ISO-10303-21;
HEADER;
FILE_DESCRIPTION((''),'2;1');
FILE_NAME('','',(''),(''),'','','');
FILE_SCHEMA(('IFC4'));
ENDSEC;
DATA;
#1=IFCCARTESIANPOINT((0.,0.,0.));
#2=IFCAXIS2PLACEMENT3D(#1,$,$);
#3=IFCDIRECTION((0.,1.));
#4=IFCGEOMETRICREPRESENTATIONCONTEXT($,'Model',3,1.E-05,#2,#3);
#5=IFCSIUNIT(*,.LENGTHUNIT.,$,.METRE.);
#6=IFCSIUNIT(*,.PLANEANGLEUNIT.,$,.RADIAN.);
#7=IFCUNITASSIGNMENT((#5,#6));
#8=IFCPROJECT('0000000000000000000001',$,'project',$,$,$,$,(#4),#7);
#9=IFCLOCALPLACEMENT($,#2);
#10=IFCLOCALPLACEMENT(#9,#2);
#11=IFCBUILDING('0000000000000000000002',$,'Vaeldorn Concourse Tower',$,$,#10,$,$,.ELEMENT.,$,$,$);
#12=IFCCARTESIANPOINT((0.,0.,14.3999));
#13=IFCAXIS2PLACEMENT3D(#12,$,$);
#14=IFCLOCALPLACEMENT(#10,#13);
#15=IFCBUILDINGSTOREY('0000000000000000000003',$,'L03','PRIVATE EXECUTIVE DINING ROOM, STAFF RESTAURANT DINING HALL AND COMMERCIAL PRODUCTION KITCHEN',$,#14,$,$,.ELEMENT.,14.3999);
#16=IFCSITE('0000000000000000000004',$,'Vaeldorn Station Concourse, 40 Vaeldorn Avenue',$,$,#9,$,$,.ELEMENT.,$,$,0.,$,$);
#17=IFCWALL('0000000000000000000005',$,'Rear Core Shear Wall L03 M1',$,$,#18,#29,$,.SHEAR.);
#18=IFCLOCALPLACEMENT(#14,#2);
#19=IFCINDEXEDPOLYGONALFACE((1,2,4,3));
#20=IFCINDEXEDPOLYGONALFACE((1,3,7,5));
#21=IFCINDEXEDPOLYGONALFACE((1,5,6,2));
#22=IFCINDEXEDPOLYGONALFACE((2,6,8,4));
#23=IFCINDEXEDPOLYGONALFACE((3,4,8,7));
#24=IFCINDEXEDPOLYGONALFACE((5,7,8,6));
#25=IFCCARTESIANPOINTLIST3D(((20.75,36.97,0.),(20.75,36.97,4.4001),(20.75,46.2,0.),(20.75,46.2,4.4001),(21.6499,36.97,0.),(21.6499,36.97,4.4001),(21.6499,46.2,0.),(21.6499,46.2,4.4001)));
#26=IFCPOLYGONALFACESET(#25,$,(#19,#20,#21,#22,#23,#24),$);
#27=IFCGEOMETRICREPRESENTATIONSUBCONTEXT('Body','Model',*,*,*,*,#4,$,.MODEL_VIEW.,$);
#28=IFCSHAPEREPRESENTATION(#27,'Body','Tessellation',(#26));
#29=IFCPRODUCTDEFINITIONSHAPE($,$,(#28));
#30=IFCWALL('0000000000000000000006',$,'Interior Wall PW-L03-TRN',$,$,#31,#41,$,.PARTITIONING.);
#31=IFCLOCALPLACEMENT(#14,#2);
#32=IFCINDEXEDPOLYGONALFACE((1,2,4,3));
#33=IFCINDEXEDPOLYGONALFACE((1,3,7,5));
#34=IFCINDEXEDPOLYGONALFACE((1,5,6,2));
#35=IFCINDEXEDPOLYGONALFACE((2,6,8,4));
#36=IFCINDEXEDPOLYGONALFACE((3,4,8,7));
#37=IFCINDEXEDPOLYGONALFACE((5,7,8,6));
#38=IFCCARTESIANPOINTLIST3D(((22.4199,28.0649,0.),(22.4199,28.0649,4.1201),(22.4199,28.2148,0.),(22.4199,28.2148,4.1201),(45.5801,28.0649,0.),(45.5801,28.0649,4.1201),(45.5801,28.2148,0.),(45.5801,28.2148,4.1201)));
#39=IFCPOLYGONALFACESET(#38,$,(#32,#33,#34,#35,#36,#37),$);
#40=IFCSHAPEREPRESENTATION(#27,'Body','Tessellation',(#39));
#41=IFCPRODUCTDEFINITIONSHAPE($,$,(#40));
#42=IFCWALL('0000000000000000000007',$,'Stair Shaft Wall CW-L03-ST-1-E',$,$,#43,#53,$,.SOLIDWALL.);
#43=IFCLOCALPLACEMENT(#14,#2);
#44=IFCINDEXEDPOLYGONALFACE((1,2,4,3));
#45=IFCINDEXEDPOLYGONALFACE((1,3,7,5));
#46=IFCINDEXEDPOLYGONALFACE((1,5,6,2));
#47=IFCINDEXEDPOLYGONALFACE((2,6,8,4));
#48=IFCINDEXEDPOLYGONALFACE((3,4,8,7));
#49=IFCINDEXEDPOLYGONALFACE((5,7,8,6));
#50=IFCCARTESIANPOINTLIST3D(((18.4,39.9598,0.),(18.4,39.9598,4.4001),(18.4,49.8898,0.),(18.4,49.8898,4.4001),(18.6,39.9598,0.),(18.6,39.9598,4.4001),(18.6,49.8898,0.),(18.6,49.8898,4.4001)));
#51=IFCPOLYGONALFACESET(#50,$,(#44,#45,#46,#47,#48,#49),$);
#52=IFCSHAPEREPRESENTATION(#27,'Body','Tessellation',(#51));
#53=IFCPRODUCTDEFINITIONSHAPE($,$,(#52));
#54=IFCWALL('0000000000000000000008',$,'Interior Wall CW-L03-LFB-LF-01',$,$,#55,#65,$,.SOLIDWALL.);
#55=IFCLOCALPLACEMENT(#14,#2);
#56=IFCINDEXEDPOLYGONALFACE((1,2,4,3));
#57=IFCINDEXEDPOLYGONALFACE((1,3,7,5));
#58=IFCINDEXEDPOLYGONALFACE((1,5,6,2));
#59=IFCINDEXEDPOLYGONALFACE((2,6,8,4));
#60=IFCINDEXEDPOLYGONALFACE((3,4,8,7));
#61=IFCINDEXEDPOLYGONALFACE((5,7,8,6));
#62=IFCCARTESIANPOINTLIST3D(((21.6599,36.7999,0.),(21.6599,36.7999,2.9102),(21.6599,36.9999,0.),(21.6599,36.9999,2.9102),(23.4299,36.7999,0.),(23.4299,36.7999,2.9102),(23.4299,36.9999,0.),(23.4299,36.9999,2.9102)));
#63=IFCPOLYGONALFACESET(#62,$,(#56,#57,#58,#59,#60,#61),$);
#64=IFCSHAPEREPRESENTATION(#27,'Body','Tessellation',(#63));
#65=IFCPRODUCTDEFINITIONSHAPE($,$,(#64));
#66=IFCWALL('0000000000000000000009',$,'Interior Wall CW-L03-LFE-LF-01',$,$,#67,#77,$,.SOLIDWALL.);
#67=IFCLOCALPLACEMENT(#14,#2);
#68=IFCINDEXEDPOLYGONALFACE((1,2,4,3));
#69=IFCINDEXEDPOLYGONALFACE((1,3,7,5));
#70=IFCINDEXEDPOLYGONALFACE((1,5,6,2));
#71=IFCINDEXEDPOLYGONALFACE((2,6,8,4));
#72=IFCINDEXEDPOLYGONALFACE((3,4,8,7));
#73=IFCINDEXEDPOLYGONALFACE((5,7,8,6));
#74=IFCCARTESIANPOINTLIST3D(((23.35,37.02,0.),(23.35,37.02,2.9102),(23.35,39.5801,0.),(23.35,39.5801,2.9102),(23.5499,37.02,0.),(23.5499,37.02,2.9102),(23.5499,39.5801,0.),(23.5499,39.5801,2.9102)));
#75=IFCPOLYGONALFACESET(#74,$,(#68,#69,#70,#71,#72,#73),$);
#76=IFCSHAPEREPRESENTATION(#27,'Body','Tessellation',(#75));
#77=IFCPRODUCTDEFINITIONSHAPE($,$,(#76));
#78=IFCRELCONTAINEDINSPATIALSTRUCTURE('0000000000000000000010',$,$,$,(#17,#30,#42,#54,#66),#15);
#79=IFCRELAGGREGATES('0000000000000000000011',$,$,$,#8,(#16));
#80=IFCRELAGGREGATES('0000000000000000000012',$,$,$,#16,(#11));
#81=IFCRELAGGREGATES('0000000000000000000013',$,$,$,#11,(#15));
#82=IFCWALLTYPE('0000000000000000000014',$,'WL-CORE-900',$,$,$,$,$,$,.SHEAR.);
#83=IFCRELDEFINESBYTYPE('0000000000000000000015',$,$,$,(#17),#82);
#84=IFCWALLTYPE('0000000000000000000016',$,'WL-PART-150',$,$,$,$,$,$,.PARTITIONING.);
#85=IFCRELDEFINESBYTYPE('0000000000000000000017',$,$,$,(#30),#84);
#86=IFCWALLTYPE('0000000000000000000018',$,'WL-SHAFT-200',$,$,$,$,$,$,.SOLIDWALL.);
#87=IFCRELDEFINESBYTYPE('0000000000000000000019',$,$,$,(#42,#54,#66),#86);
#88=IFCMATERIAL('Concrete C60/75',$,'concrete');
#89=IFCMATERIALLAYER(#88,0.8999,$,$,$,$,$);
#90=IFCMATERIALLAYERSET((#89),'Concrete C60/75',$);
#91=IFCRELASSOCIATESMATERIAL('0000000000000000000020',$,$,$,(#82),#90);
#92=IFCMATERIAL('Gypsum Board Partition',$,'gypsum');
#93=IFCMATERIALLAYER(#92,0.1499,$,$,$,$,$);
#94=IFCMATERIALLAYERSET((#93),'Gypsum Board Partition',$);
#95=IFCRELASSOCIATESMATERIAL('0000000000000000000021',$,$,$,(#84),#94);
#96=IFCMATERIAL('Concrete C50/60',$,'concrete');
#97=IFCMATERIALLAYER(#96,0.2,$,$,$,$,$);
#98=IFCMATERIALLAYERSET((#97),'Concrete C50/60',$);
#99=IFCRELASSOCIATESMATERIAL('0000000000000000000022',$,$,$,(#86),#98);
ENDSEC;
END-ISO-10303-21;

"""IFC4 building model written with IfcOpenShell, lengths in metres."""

from ifc_helpers import new_model, si_unit, direction, frame, frame_2d, origin, place, context, subcontext, project, spatial, rectangle, extrude, material, layer, layer_set, type_object, element, save


model = new_model("IFC4")

# Units and contexts
model_context = context("Model", 3, precision=1e-05, world=origin(), true_north=direction((0.0, 1.0)))
body_context = subcontext(model_context, "Body", "Model", "MODEL_VIEW")
ifc_project = project(units=[si_unit("LENGTHUNIT", "METRE"), si_unit("PLANEANGLEUNIT", "RADIAN")], contexts=[model_context])

# Site, building, storey
site_placement = place(None, origin())
site = spatial("IfcSite", under=ifc_project, at=site_placement, Name="Vaeldorn Station Concourse, 40 Vaeldorn Avenue", CompositionType="ELEMENT", RefElevation=0.0)
building_placement = place(site_placement, origin())
building = spatial("IfcBuilding", under=site, at=building_placement, Name="Vaeldorn Concourse Tower", CompositionType="ELEMENT")
storey_placement = place(building_placement, frame((0.0, 0.0, 14.3999)))
storey = spatial("IfcBuildingStorey", under=building, at=storey_placement, Name="L03", Description="PRIVATE EXECUTIVE DINING ROOM, STAFF RESTAURANT DINING HALL AND COMMERCIAL PRODUCTION KITCHEN", CompositionType="ELEMENT", Elevation=14.3999)

# Walls
ifc_material_1 = material(Name="Concrete C60/75", Category="concrete")
ifc_layer_1 = layer(ifc_material_1, 0.8999)
ifc_layer_set_1 = layer_set([ifc_layer_1], Name="Concrete C60/75")
wall_type_1 = type_object("IfcWallType", Name="WL-CORE-900", PredefinedType="SHEAR", material=ifc_layer_set_1)
wall_1_placement = place(storey_placement, frame((21.2, 36.97, 0.0), z_axis=(0.0, 0.0, 1.0), x_axis=(0.0, 1.0, 0.0)))
element("IfcWall", 1, at=wall_1_placement, inside=storey, type_object=wall_type_1, Name="Rear Core Shear Wall L03 M1", PredefinedType="SHEAR", context=body_context, shape_type="SweptSolid", body=[
    extrude(rectangle(XDim=9.23, YDim=0.8999, at=frame_2d((4.615, 0.0))), origin(), (0.0, 0.0, 1.0), 4.4001),
])
ifc_material_2 = material(Name="Gypsum Board Partition", Category="gypsum")
ifc_layer_2 = layer(ifc_material_2, 0.1499)
ifc_layer_set_2 = layer_set([ifc_layer_2], Name="Gypsum Board Partition")
wall_type_2 = type_object("IfcWallType", Name="WL-PART-150", PredefinedType="PARTITIONING", material=ifc_layer_set_2)
wall_2_placement = place(storey_placement, frame((22.4199, 28.1399, 0.0), z_axis=(0.0, 0.0, 1.0), x_axis=(1.0, 0.0, 0.0)))
element("IfcWall", 2, at=wall_2_placement, inside=storey, type_object=wall_type_2, Name="Interior Wall PW-L03-TRN", PredefinedType="PARTITIONING", context=body_context, shape_type="SweptSolid", body=[
    extrude(rectangle(XDim=23.1602, YDim=0.1499, at=frame_2d((11.5801, 0.0))), origin(), (0.0, 0.0, 1.0), 4.1201),
])
ifc_material_3 = material(Name="Concrete C50/60", Category="concrete")
ifc_layer_3 = layer(ifc_material_3, 0.2)
ifc_layer_set_3 = layer_set([ifc_layer_3], Name="Concrete C50/60")
wall_type_3 = type_object("IfcWallType", Name="WL-SHAFT-200", PredefinedType="SOLIDWALL", material=ifc_layer_set_3)
wall_3_placement = place(storey_placement, frame((18.5, 39.96, 0.0), z_axis=(0.0, 0.0, 1.0), x_axis=(0.0, 1.0, 0.0)))
element("IfcWall", 3, at=wall_3_placement, inside=storey, type_object=wall_type_3, Name="Stair Shaft Wall CW-L03-ST-1-E", PredefinedType="SOLIDWALL", context=body_context, shape_type="SweptSolid", body=[
    extrude(rectangle(XDim=9.9299, YDim=0.2, at=frame_2d((4.9648, 0.0))), origin(), (0.0, 0.0, 1.0), 4.4001),
])

# Walls
wall_4_placement = place(storey_placement, frame((21.6599, 36.8999, 0.0), z_axis=(0.0, 0.0, 1.0), x_axis=(1.0, 0.0, 0.0)))
element("IfcWall", 4, at=wall_4_placement, inside=storey, type_object=wall_type_3, Name="Interior Wall CW-L03-LFB-LF-01", PredefinedType="SOLIDWALL", context=body_context, shape_type="SweptSolid", body=[
    extrude(rectangle(XDim=1.77, YDim=0.2, at=frame_2d((0.885, 0.0))), origin(), (0.0, 0.0, 1.0), 2.9102),
])
wall_5_placement = place(storey_placement, frame((23.45, 37.02, 0.0), z_axis=(0.0, 0.0, 1.0), x_axis=(0.0, 1.0, 0.0)))
element("IfcWall", 5, at=wall_5_placement, inside=storey, type_object=wall_type_3, Name="Interior Wall CW-L03-LFE-LF-01", PredefinedType="SOLIDWALL", context=body_context, shape_type="SweptSolid", body=[
    extrude(rectangle(XDim=2.5601, YDim=0.2, at=frame_2d((1.28, 0.0))), origin(), (0.0, 0.0, 1.0), 2.9102),
])

save(model, "model.ifc")
